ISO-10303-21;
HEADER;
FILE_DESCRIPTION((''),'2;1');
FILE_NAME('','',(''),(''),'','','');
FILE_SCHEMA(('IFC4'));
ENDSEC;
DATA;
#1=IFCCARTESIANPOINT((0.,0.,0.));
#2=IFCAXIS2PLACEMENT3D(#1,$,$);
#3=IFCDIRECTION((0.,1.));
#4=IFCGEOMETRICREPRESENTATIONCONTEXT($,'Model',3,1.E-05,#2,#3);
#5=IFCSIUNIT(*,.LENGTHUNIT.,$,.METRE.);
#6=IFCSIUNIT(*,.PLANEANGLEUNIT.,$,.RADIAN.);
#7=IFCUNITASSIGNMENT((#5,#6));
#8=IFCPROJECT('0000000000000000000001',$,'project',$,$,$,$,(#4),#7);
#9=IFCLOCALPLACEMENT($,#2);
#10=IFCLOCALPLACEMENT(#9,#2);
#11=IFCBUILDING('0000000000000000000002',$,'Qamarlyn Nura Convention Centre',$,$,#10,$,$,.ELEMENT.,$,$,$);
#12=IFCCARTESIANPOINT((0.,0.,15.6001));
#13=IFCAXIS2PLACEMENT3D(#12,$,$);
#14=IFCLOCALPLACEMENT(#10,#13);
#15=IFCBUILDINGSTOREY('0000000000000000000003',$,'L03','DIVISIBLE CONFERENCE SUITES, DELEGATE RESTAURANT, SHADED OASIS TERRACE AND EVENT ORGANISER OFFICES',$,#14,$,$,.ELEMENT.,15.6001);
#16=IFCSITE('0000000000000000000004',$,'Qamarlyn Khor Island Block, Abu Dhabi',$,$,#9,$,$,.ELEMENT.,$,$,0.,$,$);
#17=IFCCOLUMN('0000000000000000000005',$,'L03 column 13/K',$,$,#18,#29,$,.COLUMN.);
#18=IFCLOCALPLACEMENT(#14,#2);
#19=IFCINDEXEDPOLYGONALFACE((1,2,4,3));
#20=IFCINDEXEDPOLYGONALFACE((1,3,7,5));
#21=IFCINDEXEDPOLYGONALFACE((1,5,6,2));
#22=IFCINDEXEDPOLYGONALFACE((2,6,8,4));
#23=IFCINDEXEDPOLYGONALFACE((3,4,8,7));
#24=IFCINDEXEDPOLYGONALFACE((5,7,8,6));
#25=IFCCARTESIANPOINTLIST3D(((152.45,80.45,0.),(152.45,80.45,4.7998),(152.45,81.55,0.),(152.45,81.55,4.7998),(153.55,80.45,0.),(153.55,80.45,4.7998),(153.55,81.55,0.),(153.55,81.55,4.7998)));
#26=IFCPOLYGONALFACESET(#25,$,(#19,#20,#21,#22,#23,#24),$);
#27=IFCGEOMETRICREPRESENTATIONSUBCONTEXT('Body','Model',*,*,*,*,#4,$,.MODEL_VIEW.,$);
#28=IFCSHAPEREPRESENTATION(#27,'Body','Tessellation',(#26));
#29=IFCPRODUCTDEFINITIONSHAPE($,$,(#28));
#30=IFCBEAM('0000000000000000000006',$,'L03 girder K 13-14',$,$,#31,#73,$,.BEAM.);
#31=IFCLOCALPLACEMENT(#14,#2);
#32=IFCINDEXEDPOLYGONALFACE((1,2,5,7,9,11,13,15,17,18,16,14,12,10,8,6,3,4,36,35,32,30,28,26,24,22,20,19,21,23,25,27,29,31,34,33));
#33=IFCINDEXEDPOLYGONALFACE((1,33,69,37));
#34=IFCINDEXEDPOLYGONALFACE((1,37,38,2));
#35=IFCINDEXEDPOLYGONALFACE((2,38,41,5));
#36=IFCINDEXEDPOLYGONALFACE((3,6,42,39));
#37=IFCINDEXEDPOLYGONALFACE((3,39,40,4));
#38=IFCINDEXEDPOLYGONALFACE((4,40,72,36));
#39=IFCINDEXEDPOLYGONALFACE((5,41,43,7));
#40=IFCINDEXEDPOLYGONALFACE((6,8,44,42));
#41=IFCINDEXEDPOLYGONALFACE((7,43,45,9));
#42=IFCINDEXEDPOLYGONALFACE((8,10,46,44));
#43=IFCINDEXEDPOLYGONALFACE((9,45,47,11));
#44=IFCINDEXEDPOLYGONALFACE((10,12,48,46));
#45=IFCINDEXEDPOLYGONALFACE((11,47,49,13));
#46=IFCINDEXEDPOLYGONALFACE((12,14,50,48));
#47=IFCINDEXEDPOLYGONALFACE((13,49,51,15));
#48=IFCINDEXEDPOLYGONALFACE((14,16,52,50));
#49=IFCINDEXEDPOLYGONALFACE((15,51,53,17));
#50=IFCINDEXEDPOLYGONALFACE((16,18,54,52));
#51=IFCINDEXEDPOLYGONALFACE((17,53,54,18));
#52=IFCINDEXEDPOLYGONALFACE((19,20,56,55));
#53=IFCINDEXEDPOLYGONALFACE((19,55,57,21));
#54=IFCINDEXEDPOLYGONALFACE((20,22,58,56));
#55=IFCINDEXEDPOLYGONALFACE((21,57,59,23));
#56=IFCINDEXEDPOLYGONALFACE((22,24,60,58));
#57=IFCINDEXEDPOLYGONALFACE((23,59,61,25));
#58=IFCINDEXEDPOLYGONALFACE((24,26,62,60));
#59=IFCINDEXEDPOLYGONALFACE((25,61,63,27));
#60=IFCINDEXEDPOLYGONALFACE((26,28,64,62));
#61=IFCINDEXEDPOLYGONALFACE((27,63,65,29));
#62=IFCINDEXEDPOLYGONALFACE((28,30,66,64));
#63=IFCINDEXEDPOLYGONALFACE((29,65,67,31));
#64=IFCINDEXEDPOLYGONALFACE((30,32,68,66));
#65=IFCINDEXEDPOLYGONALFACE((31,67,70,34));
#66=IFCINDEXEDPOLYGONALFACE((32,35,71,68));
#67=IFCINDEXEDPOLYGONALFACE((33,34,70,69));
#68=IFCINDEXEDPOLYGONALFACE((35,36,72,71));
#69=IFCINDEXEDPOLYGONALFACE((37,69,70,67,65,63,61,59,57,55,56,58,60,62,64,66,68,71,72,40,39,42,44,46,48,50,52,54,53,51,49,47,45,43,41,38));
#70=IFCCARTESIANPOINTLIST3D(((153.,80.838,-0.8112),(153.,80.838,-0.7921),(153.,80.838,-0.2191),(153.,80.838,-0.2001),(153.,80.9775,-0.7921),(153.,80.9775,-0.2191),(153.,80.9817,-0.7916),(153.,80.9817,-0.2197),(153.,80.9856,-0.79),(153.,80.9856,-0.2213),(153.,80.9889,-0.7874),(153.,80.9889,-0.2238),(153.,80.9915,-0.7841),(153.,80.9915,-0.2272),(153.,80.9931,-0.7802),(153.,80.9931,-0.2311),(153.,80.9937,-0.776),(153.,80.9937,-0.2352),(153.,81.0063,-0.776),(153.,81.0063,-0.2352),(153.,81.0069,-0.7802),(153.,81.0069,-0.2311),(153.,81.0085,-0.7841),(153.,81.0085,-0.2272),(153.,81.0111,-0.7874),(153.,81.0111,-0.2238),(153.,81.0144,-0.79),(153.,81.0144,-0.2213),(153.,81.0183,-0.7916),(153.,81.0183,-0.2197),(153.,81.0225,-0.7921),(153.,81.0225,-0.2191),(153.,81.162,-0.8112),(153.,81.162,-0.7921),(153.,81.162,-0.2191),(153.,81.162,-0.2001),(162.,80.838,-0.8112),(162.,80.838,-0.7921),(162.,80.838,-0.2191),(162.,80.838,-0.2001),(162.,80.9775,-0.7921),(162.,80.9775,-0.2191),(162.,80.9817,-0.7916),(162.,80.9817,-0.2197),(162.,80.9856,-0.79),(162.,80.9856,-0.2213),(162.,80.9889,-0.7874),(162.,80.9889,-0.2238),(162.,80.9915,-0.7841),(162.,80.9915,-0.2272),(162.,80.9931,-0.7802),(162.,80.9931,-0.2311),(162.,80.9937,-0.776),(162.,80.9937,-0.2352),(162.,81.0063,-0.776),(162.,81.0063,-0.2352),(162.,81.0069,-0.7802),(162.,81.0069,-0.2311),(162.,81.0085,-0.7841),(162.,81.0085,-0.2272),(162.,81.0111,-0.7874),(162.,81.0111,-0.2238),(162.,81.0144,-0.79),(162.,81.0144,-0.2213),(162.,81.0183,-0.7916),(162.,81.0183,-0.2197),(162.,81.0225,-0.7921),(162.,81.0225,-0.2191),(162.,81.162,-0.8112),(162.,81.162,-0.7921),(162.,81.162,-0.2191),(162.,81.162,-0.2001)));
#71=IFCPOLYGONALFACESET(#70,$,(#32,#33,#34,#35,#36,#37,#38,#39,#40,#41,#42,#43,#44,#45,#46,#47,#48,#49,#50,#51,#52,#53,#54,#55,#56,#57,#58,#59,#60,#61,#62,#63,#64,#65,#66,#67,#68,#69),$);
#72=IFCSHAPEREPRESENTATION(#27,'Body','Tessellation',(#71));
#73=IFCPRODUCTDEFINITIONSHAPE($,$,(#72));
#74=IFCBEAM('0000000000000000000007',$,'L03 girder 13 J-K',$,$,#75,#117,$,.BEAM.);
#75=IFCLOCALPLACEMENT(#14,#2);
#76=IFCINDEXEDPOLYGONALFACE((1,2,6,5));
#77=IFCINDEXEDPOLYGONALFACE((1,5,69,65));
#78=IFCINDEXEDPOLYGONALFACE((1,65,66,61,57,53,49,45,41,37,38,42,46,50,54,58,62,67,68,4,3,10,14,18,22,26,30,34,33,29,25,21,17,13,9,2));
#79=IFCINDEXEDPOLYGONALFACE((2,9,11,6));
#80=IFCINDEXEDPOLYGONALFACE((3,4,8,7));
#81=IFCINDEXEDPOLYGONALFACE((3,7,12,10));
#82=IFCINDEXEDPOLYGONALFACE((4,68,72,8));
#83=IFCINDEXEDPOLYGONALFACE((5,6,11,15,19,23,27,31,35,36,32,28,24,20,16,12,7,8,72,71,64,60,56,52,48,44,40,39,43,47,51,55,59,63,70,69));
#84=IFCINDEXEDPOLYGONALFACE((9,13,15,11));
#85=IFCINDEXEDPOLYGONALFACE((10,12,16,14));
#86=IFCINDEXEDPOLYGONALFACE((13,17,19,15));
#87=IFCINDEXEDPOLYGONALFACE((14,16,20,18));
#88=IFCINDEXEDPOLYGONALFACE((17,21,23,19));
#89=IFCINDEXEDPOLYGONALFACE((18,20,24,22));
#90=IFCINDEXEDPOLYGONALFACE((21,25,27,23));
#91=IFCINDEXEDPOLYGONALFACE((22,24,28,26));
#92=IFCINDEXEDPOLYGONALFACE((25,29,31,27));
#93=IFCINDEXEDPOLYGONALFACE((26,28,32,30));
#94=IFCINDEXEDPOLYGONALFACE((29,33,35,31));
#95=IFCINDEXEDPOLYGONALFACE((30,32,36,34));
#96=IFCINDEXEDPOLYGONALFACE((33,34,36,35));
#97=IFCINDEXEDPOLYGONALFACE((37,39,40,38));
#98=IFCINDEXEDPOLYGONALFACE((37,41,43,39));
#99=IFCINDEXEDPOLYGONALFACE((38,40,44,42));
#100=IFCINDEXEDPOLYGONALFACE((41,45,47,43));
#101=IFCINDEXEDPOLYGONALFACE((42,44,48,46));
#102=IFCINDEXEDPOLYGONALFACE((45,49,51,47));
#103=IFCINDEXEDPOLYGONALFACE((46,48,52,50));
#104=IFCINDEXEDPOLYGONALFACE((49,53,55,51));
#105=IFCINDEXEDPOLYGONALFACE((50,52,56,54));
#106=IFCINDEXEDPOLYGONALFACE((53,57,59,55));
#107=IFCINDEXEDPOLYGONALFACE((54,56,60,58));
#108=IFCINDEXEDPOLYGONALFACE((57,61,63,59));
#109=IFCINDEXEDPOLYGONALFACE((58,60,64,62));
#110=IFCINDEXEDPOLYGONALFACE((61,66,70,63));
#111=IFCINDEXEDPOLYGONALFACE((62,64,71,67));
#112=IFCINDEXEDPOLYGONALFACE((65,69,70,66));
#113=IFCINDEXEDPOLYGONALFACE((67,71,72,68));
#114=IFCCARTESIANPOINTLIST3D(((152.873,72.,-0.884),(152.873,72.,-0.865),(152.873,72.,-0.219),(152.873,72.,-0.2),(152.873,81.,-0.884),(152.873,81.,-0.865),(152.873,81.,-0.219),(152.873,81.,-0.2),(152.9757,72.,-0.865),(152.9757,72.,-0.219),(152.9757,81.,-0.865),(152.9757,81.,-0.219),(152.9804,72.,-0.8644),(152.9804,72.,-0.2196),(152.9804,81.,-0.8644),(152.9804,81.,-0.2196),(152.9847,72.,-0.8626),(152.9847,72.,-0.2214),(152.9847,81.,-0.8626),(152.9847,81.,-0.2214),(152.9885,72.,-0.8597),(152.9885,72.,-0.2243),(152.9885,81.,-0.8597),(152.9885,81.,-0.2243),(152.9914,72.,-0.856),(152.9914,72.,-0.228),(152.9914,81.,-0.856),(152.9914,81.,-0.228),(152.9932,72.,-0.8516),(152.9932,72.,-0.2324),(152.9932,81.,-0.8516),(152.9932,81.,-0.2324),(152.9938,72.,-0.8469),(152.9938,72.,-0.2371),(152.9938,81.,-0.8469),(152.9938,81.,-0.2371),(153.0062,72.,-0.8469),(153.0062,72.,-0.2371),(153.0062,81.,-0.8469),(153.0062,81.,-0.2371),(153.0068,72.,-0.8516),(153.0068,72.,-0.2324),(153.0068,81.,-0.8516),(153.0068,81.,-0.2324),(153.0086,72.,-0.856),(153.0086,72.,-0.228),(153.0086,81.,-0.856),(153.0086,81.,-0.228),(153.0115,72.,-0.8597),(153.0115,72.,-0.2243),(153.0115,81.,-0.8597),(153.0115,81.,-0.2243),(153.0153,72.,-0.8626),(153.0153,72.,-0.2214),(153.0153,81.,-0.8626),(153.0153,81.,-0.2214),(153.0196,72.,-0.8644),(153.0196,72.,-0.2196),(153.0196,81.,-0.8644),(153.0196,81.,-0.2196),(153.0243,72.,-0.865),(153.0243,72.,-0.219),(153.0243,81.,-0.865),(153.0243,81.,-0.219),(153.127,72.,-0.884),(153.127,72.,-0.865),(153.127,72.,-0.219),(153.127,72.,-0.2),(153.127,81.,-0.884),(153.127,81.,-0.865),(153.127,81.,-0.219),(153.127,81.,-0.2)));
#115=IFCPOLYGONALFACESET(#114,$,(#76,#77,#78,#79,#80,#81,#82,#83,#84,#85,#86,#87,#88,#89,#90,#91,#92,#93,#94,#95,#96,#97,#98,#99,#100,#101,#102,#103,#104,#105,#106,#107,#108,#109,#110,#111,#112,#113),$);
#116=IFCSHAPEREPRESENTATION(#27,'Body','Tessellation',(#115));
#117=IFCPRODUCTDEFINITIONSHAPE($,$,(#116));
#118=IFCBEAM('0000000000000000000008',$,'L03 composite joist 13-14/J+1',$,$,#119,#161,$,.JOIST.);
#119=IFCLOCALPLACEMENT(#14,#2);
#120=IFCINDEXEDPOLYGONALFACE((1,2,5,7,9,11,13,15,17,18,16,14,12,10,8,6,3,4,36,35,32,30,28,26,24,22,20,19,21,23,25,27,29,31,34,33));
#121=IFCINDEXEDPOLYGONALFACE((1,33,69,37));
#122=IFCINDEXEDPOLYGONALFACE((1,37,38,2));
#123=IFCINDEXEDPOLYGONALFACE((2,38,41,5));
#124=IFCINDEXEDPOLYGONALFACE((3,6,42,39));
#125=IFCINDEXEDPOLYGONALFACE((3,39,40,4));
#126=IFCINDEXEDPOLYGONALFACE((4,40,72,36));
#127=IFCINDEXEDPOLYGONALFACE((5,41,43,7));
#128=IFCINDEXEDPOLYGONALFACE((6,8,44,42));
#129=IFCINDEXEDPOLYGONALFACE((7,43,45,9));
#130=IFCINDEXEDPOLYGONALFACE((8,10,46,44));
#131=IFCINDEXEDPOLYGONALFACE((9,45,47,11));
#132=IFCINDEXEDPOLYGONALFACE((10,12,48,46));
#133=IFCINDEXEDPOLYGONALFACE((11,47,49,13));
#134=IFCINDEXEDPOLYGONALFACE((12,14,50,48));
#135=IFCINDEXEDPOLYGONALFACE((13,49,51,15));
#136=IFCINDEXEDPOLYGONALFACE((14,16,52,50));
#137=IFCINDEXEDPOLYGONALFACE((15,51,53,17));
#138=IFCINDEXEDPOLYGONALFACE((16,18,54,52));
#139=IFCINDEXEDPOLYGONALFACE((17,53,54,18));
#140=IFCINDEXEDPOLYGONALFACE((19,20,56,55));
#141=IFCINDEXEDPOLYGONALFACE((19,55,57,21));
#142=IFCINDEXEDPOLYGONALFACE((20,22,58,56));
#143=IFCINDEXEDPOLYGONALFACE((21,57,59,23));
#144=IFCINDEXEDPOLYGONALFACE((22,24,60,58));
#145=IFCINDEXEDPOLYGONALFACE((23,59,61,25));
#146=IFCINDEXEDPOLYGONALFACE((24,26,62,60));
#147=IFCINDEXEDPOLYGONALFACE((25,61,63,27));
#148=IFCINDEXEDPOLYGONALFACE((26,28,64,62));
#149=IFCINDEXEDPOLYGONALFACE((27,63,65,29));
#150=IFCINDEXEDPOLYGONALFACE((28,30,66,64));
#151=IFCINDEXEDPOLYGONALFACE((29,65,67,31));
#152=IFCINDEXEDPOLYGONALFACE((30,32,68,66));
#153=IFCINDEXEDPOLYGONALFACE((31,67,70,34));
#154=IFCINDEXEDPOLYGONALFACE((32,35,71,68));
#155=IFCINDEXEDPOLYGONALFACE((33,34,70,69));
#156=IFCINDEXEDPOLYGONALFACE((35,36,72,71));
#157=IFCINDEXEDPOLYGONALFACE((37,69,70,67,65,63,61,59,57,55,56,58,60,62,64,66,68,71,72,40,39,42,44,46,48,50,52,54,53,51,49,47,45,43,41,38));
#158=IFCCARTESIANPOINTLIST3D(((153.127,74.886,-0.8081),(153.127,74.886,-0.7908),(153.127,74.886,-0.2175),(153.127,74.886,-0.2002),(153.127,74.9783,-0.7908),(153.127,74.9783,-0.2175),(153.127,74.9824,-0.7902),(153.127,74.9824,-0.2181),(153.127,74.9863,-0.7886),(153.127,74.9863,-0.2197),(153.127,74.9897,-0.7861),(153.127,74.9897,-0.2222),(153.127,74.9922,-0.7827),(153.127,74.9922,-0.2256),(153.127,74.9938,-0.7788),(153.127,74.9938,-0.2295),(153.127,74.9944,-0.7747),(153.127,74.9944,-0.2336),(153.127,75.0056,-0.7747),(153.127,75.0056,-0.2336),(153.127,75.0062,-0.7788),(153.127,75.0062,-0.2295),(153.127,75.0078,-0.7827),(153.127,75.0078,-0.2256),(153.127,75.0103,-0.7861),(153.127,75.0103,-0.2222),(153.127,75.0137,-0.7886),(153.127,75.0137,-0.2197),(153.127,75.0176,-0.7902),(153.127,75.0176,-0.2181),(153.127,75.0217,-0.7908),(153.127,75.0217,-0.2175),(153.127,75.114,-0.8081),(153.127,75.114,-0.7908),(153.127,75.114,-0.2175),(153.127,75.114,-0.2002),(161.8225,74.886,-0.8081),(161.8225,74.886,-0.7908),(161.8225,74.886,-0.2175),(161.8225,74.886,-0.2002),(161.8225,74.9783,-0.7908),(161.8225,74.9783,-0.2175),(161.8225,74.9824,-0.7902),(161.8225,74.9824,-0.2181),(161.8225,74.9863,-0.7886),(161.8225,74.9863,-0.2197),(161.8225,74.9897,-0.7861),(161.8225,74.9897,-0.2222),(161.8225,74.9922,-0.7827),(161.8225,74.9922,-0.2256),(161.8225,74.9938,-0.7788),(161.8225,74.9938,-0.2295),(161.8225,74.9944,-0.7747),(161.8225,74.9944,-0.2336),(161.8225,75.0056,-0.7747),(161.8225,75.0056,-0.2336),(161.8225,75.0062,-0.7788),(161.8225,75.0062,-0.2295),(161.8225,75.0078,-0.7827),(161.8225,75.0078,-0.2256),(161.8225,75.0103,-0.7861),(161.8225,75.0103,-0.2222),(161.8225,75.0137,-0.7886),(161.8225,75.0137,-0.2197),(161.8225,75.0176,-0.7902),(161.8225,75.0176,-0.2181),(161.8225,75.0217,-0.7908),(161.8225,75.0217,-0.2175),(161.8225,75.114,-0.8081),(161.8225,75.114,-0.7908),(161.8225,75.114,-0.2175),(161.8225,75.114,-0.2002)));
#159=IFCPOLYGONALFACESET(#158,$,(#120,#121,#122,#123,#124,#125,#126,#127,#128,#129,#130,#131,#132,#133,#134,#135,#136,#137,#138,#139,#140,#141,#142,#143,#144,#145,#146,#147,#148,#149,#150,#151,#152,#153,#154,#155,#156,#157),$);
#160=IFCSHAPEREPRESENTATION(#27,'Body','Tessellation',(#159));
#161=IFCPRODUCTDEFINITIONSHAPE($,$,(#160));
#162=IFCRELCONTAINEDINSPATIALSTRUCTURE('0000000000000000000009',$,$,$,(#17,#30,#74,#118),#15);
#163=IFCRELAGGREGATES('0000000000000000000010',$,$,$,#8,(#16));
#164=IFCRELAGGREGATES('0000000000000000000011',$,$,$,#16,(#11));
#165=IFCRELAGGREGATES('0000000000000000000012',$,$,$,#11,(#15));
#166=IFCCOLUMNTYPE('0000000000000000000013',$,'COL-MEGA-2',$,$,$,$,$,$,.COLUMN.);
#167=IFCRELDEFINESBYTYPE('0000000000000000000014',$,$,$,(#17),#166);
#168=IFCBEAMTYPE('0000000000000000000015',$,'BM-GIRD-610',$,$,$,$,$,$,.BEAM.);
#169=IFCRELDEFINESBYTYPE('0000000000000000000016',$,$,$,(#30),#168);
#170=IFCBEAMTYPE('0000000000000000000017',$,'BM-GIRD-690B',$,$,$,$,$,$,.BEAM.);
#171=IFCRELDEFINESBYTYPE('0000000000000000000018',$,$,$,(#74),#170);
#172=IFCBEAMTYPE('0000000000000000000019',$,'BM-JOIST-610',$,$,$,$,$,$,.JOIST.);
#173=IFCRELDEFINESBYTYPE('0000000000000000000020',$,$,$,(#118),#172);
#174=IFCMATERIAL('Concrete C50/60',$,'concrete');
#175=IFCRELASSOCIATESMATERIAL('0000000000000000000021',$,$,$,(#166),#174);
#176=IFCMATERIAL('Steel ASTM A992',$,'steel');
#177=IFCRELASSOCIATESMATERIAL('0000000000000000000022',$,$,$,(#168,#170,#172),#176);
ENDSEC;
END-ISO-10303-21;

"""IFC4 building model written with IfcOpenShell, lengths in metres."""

from ifc_helpers import new_model, si_unit, direction, frame, origin, origin_2d, place, context, subcontext, project, spatial, rectangle, i_section, extrude, material, material_profile, profile_set, type_object, element, save


model = new_model("IFC4")

# Units and contexts
model_context = context("Model", 3, precision=1e-05, world=origin(), true_north=direction((0.0, 1.0)))
body_context = subcontext(model_context, "Body", "Model", "MODEL_VIEW")
ifc_project = project(units=[si_unit("LENGTHUNIT", "METRE"), si_unit("PLANEANGLEUNIT", "RADIAN")], contexts=[model_context])

# Site, building, storey
site_placement = place(None, origin())
site = spatial("IfcSite", under=ifc_project, at=site_placement, Name="Qamarlyn Khor Island Block, Abu Dhabi", CompositionType="ELEMENT", RefElevation=0.0)
building_placement = place(site_placement, origin())
building = spatial("IfcBuilding", under=site, at=building_placement, Name="Qamarlyn Nura Convention Centre", CompositionType="ELEMENT")
storey_placement = place(building_placement, frame((0.0, 0.0, 15.6001)))
storey = spatial("IfcBuildingStorey", under=building, at=storey_placement, Name="L03", Description="DIVISIBLE CONFERENCE SUITES, DELEGATE RESTAURANT, SHADED OASIS TERRACE AND EVENT ORGANISER OFFICES", CompositionType="ELEMENT", Elevation=15.6001)

# Column
ifc_material_1 = material(Name="Concrete C50/60", Category="concrete")
ifc_material_profile_1 = material_profile(ifc_material_1, rectangle(XDim=1.1001, YDim=1.1001, at=origin_2d()), Name="RC 1100x1100")
ifc_profile_set_1 = profile_set([ifc_material_profile_1], Name="Concrete C50/60")
column_type = type_object("IfcColumnType", Name="COL-MEGA-2", PredefinedType="COLUMN", material=ifc_profile_set_1)
column_placement = place(storey_placement, frame((153.0, 81.0, 0.0), z_axis=(0.0, 0.0, 1.0), x_axis=(1.0, 0.0, 0.0)))
element("IfcColumn", 1, at=column_placement, inside=storey, type_object=column_type, Name="L03 column 13/K", PredefinedType="COLUMN", context=body_context, shape_type="SweptSolid", body=[
    extrude(rectangle(XDim=1.1001, YDim=1.1001, at=origin_2d()), origin(), (0.0, 0.0, 1.0), 4.7998),
])

# Beams
ifc_material_2 = material(Name="Steel ASTM A992", Category="steel")
ifc_material_profile_2 = material_profile(ifc_material_2, i_section(OverallWidth=0.324, OverallDepth=0.6111, WebThickness=0.0127, FlangeThickness=0.019, FilletRadius=0.0161, at=origin_2d()), Name="W610X155")
ifc_profile_set_2 = profile_set([ifc_material_profile_2], Name="Steel ASTM A992")
beam_type_1 = type_object("IfcBeamType", Name="BM-GIRD-610", PredefinedType="BEAM", material=ifc_profile_set_2)
beam_1_placement = place(storey_placement, frame((153.0, 81.0, -0.5056), z_axis=(1.0, 0.0, 0.0), x_axis=(0.0, 1.0, 0.0)))
element("IfcBeam", 2, at=beam_1_placement, inside=storey, type_object=beam_type_1, Name="L03 girder K 13-14", PredefinedType="BEAM", context=body_context, shape_type="SweptSolid", body=[
    extrude(i_section(OverallWidth=0.324, OverallDepth=0.6111, WebThickness=0.0127, FlangeThickness=0.019, FilletRadius=0.0161, at=origin_2d()), origin(), (0.0, 0.0, 1.0), 9.0),
])
ifc_material_profile_3 = material_profile(ifc_material_2, i_section(OverallWidth=0.2539, OverallDepth=0.6841, WebThickness=0.0125, FlangeThickness=0.019, FilletRadius=0.0181, at=origin_2d()), Name="W690X140")
ifc_profile_set_3 = profile_set([ifc_material_profile_3], Name="Steel ASTM A992")
beam_type_2 = type_object("IfcBeamType", Name="BM-GIRD-690B", PredefinedType="BEAM", material=ifc_profile_set_3)
beam_2_placement = place(storey_placement, frame((153.0, 72.0, -0.542), z_axis=(0.0, 1.0, 0.0), x_axis=(-1.0, 0.0, 0.0)))
element("IfcBeam", 3, at=beam_2_placement, inside=storey, type_object=beam_type_2, Name="L03 girder 13 J-K", PredefinedType="BEAM", context=body_context, shape_type="SweptSolid", body=[
    extrude(i_section(OverallWidth=0.2539, OverallDepth=0.6841, WebThickness=0.0125, FlangeThickness=0.019, FilletRadius=0.0181, at=origin_2d()), origin(), (0.0, 0.0, 1.0), 9.0),
])
ifc_material_profile_4 = material_profile(ifc_material_2, i_section(OverallWidth=0.228, OverallDepth=0.6079, WebThickness=0.0112, FlangeThickness=0.0173, FilletRadius=0.0161, at=origin_2d()), Name="W610X113")
ifc_profile_set_4 = profile_set([ifc_material_profile_4], Name="Steel ASTM A992")
beam_type_3 = type_object("IfcBeamType", Name="BM-JOIST-610", PredefinedType="JOIST", material=ifc_profile_set_4)
beam_3_placement = place(storey_placement, frame((153.127, 75.0, -0.5042), z_axis=(1.0, 0.0, 0.0), x_axis=(0.0, 1.0, 0.0)))
element("IfcBeam", 4, at=beam_3_placement, inside=storey, type_object=beam_type_3, Name="L03 composite joist 13-14/J+1", PredefinedType="JOIST", context=body_context, shape_type="SweptSolid", body=[
    extrude(i_section(OverallWidth=0.228, OverallDepth=0.6079, WebThickness=0.0112, FlangeThickness=0.0173, FilletRadius=0.0161, at=origin_2d()), origin(), (0.0, 0.0, 1.0), 8.6956),
])

save(model, "model.ifc")
